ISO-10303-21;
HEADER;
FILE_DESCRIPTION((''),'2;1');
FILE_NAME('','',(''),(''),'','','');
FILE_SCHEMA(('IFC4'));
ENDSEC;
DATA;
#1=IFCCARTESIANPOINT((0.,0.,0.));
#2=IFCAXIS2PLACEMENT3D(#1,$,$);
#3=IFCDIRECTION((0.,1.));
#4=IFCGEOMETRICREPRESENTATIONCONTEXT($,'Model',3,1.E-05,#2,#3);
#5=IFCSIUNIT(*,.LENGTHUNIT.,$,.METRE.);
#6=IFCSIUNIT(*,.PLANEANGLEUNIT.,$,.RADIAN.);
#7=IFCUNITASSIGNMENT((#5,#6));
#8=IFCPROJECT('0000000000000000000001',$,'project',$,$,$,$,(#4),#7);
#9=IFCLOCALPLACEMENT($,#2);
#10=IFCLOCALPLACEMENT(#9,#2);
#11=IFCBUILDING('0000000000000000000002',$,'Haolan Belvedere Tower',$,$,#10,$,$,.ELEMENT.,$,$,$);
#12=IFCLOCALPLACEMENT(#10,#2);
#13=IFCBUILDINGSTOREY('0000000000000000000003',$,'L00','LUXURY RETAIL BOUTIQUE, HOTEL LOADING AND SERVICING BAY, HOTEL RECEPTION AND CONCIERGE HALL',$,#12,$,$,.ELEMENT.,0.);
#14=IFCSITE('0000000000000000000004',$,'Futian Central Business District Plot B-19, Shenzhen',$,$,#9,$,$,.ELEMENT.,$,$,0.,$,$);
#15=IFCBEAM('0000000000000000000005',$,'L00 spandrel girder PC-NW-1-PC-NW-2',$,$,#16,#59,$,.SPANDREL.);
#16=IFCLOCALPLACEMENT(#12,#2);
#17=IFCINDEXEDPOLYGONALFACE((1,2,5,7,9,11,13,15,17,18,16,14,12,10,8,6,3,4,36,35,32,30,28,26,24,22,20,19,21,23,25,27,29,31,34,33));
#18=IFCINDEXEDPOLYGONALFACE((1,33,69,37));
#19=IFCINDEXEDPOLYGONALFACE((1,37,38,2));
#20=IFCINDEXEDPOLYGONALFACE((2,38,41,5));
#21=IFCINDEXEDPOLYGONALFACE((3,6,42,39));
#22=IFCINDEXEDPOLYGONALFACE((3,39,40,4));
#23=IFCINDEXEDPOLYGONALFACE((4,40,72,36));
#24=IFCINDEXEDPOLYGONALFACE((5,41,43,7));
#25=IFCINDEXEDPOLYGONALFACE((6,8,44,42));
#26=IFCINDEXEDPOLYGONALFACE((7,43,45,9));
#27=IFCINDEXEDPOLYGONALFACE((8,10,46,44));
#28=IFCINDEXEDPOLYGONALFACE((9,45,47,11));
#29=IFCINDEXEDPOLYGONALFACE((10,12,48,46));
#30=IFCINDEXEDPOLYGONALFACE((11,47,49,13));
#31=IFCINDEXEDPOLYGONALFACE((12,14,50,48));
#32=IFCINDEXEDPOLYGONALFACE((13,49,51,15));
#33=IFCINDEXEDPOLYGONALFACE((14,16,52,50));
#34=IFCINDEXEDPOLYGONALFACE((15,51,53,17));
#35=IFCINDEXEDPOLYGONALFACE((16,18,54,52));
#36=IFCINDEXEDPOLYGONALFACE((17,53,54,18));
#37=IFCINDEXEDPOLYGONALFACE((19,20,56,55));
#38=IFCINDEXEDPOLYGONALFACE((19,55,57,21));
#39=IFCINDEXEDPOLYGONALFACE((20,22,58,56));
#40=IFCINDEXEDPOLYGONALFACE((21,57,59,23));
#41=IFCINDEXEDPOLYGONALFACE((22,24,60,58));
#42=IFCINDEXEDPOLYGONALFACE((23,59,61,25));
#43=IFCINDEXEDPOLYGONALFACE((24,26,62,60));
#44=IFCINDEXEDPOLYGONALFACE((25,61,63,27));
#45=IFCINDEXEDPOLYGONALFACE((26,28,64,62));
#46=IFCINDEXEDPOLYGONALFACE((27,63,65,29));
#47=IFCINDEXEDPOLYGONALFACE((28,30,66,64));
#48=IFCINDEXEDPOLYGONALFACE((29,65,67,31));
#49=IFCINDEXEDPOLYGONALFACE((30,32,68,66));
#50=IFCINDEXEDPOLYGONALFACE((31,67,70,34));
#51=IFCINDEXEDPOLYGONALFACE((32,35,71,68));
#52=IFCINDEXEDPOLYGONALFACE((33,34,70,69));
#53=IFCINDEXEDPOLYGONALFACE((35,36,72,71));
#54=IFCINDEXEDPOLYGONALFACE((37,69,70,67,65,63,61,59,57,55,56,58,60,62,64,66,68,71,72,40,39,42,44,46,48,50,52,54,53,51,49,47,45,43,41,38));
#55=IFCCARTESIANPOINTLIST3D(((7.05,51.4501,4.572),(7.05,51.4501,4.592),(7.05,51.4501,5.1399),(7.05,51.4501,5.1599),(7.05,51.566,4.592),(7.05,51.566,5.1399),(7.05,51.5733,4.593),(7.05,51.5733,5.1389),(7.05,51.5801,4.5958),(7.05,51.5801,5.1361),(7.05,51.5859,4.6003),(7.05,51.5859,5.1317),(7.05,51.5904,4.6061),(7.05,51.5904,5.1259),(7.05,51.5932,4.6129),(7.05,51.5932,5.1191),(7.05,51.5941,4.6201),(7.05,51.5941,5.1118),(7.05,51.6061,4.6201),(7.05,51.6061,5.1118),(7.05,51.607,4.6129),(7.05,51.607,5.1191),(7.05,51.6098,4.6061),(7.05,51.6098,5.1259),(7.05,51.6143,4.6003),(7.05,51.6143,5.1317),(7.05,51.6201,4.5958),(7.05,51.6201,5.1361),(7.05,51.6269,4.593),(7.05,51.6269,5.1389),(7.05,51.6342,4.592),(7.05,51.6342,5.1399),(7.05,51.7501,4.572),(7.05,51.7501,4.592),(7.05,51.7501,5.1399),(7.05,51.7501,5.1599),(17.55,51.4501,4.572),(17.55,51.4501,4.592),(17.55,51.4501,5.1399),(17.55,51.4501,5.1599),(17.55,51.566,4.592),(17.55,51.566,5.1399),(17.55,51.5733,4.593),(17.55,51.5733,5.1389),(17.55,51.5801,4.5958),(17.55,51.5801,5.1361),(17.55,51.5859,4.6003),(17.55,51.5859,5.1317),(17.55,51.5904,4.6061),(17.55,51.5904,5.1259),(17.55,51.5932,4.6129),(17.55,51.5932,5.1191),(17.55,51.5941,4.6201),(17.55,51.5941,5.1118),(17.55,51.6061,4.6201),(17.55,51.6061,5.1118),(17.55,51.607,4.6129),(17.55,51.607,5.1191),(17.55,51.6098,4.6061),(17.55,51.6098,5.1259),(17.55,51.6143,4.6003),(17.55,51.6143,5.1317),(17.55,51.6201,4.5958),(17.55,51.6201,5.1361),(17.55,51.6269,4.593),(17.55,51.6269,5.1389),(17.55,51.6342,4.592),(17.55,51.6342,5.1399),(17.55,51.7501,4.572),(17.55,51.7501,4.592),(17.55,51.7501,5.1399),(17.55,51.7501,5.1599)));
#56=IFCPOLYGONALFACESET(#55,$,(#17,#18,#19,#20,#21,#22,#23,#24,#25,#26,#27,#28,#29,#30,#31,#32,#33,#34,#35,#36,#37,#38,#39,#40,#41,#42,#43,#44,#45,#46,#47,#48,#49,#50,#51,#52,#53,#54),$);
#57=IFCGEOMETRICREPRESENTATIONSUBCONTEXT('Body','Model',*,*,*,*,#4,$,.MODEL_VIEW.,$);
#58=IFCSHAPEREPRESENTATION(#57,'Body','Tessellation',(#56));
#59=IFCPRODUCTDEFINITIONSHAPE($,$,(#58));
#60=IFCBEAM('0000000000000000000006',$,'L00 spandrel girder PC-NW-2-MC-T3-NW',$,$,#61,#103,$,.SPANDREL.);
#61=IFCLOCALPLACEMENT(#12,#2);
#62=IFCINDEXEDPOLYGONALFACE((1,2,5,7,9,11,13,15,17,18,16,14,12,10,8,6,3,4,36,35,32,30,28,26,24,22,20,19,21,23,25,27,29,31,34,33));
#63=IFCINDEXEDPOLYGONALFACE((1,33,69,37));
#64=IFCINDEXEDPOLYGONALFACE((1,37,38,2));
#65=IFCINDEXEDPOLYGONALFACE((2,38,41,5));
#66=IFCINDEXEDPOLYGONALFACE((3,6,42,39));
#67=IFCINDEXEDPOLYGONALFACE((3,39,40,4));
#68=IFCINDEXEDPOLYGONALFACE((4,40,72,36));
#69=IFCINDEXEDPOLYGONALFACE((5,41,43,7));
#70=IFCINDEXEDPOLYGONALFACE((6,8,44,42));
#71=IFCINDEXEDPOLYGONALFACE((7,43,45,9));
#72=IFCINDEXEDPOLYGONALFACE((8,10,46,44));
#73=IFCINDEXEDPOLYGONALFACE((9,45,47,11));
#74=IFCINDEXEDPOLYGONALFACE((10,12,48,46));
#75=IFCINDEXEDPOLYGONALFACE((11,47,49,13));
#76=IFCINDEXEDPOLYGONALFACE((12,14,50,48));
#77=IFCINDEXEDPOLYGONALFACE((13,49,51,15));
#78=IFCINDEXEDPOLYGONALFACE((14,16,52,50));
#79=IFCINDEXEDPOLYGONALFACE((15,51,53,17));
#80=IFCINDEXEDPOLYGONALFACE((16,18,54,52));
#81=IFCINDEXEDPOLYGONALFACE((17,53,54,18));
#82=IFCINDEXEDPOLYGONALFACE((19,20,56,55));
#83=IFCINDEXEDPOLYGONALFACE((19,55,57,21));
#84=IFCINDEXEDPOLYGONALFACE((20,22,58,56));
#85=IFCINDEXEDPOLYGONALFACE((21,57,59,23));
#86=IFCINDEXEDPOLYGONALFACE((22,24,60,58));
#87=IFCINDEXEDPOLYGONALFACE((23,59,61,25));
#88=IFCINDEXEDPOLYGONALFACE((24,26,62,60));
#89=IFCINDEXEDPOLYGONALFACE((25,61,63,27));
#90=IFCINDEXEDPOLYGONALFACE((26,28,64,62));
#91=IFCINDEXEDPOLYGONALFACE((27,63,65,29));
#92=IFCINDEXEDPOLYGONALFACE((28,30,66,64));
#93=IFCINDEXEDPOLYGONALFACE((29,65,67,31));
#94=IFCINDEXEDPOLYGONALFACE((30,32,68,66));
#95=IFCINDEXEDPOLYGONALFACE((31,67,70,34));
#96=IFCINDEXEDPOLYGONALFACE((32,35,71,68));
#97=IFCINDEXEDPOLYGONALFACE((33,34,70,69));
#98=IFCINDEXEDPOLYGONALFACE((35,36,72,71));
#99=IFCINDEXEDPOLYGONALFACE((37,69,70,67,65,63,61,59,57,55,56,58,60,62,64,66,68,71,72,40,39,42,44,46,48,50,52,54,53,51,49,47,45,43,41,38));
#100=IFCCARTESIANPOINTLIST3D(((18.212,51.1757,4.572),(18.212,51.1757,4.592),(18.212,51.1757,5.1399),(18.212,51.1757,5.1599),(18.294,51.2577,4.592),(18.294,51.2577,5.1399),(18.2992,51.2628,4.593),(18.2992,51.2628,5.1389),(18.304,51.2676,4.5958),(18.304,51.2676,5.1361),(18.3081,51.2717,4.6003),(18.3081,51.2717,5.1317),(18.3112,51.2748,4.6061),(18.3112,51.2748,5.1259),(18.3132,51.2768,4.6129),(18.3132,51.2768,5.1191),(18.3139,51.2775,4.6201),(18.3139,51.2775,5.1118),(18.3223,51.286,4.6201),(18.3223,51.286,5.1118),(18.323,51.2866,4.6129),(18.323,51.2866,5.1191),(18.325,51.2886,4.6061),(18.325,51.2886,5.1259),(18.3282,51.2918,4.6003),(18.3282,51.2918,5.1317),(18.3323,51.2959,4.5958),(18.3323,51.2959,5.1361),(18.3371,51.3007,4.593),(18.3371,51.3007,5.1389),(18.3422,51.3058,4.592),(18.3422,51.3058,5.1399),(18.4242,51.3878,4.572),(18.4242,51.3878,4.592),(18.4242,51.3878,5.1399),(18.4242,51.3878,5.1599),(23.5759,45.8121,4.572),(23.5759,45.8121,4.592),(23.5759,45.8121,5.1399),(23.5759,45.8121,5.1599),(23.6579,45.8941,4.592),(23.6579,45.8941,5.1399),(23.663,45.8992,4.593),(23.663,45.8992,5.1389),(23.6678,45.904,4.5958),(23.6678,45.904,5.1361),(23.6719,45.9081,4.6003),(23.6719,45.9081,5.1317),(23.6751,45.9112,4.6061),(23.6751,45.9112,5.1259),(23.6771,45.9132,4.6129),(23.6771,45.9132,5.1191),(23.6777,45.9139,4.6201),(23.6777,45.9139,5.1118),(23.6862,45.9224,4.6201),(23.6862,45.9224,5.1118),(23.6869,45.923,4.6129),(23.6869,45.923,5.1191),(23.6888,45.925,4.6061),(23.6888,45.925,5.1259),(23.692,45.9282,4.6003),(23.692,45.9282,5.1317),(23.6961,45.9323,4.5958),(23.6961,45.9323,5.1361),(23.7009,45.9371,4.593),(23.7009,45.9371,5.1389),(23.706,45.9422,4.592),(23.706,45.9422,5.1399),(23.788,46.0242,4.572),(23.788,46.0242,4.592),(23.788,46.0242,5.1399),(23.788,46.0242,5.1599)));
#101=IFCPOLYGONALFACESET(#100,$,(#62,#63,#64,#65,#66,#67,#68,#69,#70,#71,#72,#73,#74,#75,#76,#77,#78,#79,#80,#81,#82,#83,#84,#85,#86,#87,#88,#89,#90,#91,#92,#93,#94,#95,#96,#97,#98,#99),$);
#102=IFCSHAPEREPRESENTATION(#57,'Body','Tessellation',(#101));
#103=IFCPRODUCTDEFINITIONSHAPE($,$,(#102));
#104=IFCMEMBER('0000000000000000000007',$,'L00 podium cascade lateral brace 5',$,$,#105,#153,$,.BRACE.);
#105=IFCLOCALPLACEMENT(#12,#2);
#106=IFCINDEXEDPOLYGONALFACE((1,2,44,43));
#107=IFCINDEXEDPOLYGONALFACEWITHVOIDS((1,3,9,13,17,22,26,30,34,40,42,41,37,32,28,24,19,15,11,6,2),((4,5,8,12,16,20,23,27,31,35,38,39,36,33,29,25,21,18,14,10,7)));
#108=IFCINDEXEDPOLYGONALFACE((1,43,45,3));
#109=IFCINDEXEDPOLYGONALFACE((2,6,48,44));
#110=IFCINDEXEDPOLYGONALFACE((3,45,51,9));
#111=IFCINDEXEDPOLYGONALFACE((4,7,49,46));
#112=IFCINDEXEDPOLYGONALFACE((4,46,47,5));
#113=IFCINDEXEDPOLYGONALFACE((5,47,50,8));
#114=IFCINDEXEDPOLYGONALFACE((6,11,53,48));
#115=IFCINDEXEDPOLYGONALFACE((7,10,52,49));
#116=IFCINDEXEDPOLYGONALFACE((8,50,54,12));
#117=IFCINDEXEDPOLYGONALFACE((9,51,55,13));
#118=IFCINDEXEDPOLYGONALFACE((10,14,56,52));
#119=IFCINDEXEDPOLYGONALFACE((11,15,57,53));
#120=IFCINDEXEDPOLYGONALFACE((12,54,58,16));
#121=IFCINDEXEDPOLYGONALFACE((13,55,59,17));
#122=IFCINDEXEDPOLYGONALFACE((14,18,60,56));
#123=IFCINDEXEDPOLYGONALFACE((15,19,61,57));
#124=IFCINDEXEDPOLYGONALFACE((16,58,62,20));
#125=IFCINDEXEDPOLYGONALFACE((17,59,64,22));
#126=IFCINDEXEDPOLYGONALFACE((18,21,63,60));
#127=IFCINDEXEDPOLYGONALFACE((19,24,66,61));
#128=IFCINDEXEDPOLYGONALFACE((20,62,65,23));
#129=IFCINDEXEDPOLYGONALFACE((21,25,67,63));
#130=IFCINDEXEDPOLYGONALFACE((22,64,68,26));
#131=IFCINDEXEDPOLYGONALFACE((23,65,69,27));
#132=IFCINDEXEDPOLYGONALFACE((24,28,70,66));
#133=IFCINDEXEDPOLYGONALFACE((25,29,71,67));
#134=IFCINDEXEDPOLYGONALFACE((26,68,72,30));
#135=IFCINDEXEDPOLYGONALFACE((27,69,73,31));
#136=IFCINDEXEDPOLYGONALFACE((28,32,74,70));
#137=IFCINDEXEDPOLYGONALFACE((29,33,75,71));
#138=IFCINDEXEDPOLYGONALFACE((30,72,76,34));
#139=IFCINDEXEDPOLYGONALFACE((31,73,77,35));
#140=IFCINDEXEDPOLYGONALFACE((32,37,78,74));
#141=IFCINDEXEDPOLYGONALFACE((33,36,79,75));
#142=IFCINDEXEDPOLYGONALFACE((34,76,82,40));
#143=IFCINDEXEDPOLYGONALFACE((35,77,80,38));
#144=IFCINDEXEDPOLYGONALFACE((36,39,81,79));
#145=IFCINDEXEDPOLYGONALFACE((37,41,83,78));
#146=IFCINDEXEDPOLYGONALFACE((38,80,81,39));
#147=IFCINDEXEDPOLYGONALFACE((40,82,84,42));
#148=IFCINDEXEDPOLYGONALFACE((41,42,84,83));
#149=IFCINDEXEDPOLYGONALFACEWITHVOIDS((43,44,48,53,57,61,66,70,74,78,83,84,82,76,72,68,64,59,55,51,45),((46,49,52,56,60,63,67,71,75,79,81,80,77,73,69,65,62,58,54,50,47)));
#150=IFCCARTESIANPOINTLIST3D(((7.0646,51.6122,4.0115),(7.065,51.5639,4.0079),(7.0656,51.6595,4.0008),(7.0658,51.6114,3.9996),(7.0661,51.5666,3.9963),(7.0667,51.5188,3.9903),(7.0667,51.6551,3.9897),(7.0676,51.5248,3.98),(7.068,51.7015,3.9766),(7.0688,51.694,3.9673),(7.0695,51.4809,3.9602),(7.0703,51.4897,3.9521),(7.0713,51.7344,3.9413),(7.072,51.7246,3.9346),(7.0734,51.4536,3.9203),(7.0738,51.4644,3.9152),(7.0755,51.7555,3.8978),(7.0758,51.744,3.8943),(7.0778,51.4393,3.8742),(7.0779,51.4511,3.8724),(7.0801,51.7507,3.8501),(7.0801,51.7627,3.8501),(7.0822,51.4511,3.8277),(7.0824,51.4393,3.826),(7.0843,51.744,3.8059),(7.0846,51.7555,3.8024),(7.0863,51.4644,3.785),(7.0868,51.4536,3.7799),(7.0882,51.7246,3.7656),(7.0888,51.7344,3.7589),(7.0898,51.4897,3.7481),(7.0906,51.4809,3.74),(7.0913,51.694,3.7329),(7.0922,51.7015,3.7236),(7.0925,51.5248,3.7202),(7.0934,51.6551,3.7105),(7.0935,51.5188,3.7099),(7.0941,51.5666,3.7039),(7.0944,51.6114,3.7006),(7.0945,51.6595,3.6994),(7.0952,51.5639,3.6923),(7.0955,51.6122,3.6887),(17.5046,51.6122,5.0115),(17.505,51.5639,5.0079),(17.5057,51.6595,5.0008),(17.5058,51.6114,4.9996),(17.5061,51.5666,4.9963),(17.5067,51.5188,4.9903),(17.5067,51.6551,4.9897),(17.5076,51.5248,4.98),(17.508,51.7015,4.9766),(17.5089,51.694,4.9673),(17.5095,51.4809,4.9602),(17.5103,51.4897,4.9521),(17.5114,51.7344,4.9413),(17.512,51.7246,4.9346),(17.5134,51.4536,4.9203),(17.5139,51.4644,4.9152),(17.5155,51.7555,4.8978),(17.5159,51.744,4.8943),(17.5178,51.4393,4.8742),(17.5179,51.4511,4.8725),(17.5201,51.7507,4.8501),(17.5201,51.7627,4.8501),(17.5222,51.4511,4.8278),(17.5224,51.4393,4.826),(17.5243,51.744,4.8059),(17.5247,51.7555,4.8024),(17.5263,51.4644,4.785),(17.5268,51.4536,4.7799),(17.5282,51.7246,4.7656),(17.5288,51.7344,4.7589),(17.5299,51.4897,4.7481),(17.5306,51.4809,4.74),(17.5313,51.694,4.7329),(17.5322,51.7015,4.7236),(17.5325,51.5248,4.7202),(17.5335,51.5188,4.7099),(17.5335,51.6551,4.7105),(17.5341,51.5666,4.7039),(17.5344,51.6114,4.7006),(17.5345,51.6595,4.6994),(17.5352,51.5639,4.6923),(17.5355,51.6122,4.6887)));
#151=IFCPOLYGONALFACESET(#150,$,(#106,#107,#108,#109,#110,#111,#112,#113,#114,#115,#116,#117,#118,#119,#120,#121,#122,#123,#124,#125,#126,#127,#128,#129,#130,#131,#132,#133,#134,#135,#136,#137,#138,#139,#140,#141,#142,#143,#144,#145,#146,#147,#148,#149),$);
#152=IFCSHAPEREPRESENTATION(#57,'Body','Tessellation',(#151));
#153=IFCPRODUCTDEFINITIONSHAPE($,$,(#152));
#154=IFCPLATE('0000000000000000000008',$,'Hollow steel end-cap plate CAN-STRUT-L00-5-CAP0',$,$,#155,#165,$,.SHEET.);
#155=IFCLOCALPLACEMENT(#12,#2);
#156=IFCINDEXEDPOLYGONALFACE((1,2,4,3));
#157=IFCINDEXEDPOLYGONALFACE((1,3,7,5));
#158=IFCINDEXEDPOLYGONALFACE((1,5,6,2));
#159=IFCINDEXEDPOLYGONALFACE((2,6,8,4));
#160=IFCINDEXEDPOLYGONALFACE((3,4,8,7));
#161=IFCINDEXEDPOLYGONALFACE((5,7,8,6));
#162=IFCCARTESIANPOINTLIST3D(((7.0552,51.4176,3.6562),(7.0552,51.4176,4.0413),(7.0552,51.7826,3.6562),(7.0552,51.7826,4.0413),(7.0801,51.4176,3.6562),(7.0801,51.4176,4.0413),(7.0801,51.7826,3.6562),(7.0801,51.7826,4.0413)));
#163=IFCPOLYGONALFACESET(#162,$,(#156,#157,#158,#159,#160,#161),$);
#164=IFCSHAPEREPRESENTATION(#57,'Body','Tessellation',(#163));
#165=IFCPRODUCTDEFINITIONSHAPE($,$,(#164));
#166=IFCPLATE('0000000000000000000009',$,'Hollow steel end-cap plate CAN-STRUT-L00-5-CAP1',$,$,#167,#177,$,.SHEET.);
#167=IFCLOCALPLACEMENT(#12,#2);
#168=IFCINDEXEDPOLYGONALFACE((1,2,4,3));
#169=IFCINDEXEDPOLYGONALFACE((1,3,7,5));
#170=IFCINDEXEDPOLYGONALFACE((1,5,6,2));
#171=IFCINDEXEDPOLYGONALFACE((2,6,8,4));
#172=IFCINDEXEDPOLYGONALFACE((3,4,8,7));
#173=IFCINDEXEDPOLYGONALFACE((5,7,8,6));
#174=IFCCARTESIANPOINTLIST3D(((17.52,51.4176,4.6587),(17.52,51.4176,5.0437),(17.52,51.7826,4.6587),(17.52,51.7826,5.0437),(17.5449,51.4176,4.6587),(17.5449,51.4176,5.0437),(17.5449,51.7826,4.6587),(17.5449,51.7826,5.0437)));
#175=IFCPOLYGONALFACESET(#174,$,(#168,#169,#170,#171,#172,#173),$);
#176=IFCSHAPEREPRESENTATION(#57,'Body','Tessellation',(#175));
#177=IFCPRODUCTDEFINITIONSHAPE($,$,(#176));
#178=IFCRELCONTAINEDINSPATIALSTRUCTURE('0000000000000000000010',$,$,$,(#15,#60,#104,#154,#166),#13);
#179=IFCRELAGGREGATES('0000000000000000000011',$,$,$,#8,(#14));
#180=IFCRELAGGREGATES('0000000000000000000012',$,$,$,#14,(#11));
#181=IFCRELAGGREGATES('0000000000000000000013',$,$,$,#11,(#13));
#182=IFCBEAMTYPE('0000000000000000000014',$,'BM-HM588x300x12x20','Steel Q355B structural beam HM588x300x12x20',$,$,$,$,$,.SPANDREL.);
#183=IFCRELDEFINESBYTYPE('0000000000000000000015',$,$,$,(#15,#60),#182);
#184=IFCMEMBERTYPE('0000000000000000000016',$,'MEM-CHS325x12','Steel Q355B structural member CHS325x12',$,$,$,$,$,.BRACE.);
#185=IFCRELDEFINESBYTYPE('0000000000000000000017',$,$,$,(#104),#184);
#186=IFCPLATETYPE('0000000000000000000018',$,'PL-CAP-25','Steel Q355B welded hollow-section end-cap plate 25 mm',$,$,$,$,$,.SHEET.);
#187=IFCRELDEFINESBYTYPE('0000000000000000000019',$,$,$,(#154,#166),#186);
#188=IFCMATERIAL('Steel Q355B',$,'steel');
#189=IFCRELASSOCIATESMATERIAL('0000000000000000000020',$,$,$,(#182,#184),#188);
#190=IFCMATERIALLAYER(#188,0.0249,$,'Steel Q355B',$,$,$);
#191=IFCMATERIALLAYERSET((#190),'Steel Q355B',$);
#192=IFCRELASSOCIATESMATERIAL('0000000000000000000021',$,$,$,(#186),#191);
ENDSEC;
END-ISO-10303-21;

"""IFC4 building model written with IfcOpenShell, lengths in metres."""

from ifc_helpers import new_model, si_unit, direction, frame, origin, origin_2d, place, context, subcontext, project, spatial, rectangle, hollow_circle, i_section, extrude, material, layer, layer_set, material_profile, profile_set, type_object, element, save


model = new_model("IFC4")

# Units and contexts
model_context = context("Model", 3, precision=1e-05, world=origin(), true_north=direction((0.0, 1.0)))
body_context = subcontext(model_context, "Body", "Model", "MODEL_VIEW")
ifc_project = project(units=[si_unit("LENGTHUNIT", "METRE"), si_unit("PLANEANGLEUNIT", "RADIAN")], contexts=[model_context])

# Site, building, storey
site_placement = place(None, origin())
site = spatial("IfcSite", under=ifc_project, at=site_placement, Name="Futian Central Business District Plot B-19, Shenzhen", CompositionType="ELEMENT", RefElevation=0.0)
building_placement = place(site_placement, origin())
building = spatial("IfcBuilding", under=site, at=building_placement, Name="Haolan Belvedere Tower", CompositionType="ELEMENT")
storey_placement = place(building_placement, origin())
storey = spatial("IfcBuildingStorey", under=building, at=storey_placement, Name="L00", Description="LUXURY RETAIL BOUTIQUE, HOTEL LOADING AND SERVICING BAY, HOTEL RECEPTION AND CONCIERGE HALL", CompositionType="ELEMENT", Elevation=0.0)

# Shared definitions
ifc_material_1 = material(Name="Steel Q355B", Category="steel")

# Beams
ifc_material_profile_1 = material_profile(ifc_material_1, i_section(OverallWidth=0.3, OverallDepth=0.5879, WebThickness=0.012, FlangeThickness=0.02, FilletRadius=0.0281, at=origin_2d()), Name="Steel Q355B")
ifc_profile_set_1 = profile_set([ifc_material_profile_1], Name="Steel Q355B")
beam_type = type_object("IfcBeamType", Name="BM-HM588x300x12x20", Description="Steel Q355B structural beam HM588x300x12x20", PredefinedType="SPANDREL", material=ifc_profile_set_1)
beam_1_placement = place(storey_placement, frame((7.05, 51.6001, 4.866), z_axis=(1.0, 0.0, 0.0), x_axis=(0.0, 1.0, 0.0)))
element("IfcBeam", 1, at=beam_1_placement, inside=storey, type_object=beam_type, Name="L00 spandrel girder PC-NW-1-PC-NW-2", PredefinedType="SPANDREL", context=body_context, shape_type="SweptSolid", body=[
    extrude(i_section(OverallWidth=0.3, OverallDepth=0.5879, WebThickness=0.012, FlangeThickness=0.02, FilletRadius=0.0281, at=origin_2d()), origin(), (0.0, 0.0, 1.0), 10.5),
])
beam_2_placement = place(storey_placement, frame((18.3181, 51.2817, 4.866), z_axis=(0.707123, -0.707091, 0.0), x_axis=(0.707091, 0.707123, 0.0)))
element("IfcBeam", 2, at=beam_2_placement, inside=storey, type_object=beam_type, Name="L00 spandrel girder PC-NW-2-MC-T3-NW", PredefinedType="SPANDREL", context=body_context, shape_type="SweptSolid", body=[
    extrude(i_section(OverallWidth=0.3, OverallDepth=0.5879, WebThickness=0.012, FlangeThickness=0.02, FilletRadius=0.0281, at=origin_2d()), origin(), (0.0, 0.0, 1.0), 7.5854),
])

# Member
ifc_material_profile_2 = material_profile(ifc_material_1, hollow_circle(Radius=0.1626, WallThickness=0.012, at=origin_2d()), Name="Steel Q355B")
ifc_profile_set_2 = profile_set([ifc_material_profile_2], Name="Steel Q355B")
member_type = type_object("IfcMemberType", Name="MEM-CHS325x12", Description="Steel Q355B structural member CHS325x12", PredefinedType="BRACE", material=ifc_profile_set_2)
member_placement = place(storey_placement, frame((7.0801, 51.6001, 3.8501), z_axis=(0.995444, 0.0, 0.09535), x_axis=(0.0, 1.0, 0.0)))
element("IfcMember", 3, at=member_placement, inside=storey, type_object=member_type, Name="L00 podium cascade lateral brace 5", PredefinedType="BRACE", context=body_context, shape_type="SweptSolid", body=[
    extrude(hollow_circle(Radius=0.1626, WallThickness=0.012, at=origin_2d()), origin(), (0.0, 0.0, 1.0), 10.4878),
])

# Plates
ifc_layer_1 = layer(ifc_material_1, 0.0249, Name="Steel Q355B")
ifc_layer_set_1 = layer_set([ifc_layer_1], Name="Steel Q355B")
plate_type = type_object("IfcPlateType", Name="PL-CAP-25", Description="Steel Q355B welded hollow-section end-cap plate 25 mm", PredefinedType="SHEET", material=ifc_layer_set_1)
for number, where, z_axis, x_axis, name in (
    (4, (7.0676, 51.6001, 3.6562), (0.0, 0.0, 1.0), (0.0, -1.0, 0.0), "Hollow steel end-cap plate CAN-STRUT-L00-5-CAP0"),
    (5, (17.5325, 51.6001, 4.6587), (0.0, 0.0, 1.0), (0.0, 1.0, 0.0), "Hollow steel end-cap plate CAN-STRUT-L00-5-CAP1"),
):
    element("IfcPlate", number, at=place(storey_placement, frame(where, z_axis=z_axis, x_axis=x_axis)), inside=storey, type_object=plate_type, Name=name, PredefinedType="SHEET", context=body_context, shape_type="SweptSolid", body=[
        extrude(rectangle(XDim=0.365, YDim=0.0249, at=origin_2d()), origin(), (0.0, 0.0, 1.0), 0.385),
    ])

save(model, "model.ifc")
